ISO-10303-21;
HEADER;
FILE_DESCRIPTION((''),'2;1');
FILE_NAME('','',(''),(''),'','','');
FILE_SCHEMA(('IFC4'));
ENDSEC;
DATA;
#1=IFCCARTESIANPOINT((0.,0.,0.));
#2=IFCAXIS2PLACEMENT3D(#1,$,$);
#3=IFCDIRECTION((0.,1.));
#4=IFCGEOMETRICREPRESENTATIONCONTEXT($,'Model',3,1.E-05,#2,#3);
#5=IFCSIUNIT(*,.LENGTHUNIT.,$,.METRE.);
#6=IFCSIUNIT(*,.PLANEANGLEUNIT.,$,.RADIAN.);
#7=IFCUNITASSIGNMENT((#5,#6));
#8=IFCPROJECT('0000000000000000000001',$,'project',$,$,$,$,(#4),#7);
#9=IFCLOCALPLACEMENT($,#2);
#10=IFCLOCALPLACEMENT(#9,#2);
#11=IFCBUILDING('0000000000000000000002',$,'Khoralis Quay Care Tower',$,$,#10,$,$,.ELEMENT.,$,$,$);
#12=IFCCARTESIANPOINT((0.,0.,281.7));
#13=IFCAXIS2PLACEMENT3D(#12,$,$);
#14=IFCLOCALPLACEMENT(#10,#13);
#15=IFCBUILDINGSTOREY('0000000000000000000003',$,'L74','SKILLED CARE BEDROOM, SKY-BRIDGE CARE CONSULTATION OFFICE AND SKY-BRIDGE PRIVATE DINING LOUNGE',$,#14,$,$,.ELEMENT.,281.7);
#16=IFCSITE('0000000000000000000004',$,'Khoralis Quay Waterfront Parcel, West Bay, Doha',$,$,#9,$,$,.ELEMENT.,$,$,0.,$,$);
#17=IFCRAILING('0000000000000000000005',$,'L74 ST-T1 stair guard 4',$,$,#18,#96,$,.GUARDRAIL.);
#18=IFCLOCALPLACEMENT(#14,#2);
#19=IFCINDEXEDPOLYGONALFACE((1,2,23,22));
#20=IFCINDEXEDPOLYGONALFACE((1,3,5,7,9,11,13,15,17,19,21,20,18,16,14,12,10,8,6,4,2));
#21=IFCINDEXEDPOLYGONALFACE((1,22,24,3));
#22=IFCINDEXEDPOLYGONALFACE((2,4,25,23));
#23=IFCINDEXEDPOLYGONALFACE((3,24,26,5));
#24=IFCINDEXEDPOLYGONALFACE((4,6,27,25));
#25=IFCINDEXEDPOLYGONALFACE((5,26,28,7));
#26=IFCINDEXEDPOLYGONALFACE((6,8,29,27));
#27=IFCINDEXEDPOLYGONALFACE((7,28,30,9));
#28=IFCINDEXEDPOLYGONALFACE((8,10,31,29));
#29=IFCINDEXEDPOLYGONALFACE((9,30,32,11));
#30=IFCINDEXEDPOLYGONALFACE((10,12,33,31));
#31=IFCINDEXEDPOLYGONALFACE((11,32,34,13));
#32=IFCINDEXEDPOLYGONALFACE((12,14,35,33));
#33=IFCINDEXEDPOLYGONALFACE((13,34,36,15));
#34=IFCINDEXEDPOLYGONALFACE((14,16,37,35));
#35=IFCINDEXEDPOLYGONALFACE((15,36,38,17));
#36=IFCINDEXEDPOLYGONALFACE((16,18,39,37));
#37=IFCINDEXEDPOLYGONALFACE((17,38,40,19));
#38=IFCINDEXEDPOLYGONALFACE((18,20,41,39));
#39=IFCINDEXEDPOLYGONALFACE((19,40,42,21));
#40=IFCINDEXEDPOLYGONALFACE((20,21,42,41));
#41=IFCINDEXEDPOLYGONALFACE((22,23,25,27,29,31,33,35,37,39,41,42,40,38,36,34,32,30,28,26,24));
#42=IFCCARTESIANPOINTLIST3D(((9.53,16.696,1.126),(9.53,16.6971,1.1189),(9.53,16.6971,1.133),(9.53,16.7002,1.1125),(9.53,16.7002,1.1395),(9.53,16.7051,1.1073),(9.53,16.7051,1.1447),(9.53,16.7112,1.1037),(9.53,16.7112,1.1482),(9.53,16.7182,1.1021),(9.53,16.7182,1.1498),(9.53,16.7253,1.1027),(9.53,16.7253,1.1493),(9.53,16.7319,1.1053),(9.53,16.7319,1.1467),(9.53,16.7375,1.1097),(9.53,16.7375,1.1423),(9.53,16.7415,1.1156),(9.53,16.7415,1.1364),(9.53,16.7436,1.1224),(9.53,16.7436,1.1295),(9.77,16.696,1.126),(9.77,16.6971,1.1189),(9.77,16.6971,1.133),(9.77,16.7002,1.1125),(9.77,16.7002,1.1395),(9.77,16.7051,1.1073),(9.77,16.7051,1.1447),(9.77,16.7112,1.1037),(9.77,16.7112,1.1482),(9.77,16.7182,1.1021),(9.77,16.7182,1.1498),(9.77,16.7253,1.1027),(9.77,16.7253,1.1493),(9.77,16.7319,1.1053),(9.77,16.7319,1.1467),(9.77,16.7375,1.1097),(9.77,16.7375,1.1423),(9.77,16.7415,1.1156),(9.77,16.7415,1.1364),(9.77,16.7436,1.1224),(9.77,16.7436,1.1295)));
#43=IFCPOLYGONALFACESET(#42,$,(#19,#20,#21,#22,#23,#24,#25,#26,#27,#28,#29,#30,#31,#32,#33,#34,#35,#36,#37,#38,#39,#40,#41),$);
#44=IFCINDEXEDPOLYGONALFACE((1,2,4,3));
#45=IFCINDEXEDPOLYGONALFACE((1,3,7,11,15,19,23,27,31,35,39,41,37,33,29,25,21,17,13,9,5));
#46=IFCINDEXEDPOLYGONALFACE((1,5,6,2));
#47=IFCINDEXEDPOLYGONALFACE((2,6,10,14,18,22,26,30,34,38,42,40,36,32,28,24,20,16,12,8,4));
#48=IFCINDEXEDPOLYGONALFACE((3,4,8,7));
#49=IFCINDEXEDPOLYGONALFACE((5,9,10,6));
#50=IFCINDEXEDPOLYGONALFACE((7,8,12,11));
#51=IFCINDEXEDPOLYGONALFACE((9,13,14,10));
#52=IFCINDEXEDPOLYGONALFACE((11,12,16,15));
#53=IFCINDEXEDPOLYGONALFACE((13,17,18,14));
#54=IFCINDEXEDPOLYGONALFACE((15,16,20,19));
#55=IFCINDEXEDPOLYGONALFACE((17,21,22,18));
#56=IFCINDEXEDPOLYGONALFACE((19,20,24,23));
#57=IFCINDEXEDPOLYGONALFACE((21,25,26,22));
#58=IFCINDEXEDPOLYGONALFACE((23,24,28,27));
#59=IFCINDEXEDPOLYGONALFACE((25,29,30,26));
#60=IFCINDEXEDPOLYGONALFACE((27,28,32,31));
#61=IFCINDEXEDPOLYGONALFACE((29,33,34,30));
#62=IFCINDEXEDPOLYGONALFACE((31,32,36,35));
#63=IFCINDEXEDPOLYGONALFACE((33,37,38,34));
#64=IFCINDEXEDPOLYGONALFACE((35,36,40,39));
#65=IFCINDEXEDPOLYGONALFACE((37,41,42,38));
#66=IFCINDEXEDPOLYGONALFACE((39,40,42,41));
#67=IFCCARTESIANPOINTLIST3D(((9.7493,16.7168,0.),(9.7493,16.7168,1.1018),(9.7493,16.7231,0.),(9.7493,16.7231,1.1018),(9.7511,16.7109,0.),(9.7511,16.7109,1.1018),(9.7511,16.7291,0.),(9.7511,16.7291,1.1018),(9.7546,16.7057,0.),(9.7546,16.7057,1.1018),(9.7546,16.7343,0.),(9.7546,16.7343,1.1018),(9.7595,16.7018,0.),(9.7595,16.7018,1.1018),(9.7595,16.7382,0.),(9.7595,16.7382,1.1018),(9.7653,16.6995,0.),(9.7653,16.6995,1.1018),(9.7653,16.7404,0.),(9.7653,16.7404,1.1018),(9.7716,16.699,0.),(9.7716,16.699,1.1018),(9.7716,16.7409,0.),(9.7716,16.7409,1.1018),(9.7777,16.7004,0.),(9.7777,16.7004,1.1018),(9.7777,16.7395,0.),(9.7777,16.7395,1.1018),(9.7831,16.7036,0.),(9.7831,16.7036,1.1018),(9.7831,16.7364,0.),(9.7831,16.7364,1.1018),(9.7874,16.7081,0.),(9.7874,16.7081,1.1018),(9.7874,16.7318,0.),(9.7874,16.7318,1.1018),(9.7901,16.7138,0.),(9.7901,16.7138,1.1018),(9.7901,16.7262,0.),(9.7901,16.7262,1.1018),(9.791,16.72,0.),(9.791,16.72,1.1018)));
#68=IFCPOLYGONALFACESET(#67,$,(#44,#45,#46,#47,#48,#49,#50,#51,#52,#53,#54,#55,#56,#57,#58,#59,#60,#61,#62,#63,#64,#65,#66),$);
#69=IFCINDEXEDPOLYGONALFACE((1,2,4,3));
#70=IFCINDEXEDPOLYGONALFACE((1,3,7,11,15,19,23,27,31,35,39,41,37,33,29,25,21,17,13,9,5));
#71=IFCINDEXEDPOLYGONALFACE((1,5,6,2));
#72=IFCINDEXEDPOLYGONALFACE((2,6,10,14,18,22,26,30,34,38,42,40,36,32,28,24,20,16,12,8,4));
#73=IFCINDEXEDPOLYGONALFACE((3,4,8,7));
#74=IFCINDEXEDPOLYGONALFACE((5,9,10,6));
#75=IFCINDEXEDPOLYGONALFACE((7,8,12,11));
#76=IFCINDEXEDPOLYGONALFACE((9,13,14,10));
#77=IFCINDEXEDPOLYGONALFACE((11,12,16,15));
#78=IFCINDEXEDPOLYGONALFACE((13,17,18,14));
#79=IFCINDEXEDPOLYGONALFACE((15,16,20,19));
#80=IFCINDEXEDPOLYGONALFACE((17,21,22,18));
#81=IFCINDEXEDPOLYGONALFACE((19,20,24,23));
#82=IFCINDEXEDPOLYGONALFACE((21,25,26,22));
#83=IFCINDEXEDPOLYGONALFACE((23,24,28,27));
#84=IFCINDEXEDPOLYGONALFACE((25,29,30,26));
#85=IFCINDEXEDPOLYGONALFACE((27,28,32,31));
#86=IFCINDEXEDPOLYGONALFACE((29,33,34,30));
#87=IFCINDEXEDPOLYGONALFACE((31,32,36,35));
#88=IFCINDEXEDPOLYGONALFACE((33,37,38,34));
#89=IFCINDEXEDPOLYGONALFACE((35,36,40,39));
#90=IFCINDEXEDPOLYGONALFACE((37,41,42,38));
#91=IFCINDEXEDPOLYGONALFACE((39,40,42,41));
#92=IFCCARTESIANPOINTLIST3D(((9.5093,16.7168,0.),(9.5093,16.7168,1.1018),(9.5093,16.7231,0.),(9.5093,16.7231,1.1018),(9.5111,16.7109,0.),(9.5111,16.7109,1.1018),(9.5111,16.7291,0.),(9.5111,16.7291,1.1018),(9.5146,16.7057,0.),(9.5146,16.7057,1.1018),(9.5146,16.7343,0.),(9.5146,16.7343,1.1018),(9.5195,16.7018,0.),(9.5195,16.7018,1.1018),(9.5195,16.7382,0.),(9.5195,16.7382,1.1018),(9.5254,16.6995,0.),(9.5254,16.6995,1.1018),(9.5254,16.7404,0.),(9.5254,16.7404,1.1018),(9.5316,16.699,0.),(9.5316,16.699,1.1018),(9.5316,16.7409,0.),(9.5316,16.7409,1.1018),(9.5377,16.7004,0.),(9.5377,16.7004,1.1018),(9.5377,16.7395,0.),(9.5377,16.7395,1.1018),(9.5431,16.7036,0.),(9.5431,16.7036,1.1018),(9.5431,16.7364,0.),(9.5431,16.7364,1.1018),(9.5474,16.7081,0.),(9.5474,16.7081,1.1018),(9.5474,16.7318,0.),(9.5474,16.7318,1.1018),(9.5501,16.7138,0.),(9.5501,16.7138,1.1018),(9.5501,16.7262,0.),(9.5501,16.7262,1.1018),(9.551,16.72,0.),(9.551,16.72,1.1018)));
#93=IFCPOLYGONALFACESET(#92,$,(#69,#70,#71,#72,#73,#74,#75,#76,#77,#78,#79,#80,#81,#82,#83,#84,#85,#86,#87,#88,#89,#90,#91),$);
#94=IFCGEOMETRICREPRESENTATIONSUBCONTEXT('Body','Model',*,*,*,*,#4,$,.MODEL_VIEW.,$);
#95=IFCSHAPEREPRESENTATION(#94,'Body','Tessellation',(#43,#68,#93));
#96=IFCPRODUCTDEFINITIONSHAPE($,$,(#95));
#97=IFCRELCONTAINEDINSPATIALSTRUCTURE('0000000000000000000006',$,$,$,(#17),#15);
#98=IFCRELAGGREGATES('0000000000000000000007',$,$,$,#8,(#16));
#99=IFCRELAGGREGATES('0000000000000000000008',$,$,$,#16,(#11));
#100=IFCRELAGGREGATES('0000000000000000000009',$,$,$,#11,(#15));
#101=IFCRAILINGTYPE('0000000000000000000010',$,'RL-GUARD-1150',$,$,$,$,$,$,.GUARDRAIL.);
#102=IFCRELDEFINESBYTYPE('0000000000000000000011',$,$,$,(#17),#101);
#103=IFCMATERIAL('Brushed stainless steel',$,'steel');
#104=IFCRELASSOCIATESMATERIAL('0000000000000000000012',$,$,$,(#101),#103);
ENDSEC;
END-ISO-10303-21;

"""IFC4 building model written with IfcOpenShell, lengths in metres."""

from ifc_helpers import new_model, si_unit, direction, frame, origin, origin_2d, place, context, subcontext, project, spatial, circle, extrude, material, type_object, element, save


model = new_model("IFC4")

# Units and contexts
model_context = context("Model", 3, precision=1e-05, world=origin(), true_north=direction((0.0, 1.0)))
body_context = subcontext(model_context, "Body", "Model", "MODEL_VIEW")
ifc_project = project(units=[si_unit("LENGTHUNIT", "METRE"), si_unit("PLANEANGLEUNIT", "RADIAN")], contexts=[model_context])

# Site, building, storey
site_placement = place(None, origin())
site = spatial("IfcSite", under=ifc_project, at=site_placement, Name="Khoralis Quay Waterfront Parcel, West Bay, Doha", CompositionType="ELEMENT", RefElevation=0.0)
building_placement = place(site_placement, origin())
building = spatial("IfcBuilding", under=site, at=building_placement, Name="Khoralis Quay Care Tower", CompositionType="ELEMENT")
storey_placement = place(building_placement, frame((0.0, 0.0, 281.7)))
storey = spatial("IfcBuildingStorey", under=building, at=storey_placement, Name="L74", Description="SKILLED CARE BEDROOM, SKY-BRIDGE CARE CONSULTATION OFFICE AND SKY-BRIDGE PRIVATE DINING LOUNGE", CompositionType="ELEMENT", Elevation=281.7)

# Shared definitions
ifc_material_1 = material(Name="Brushed stainless steel", Category="steel")

# Railing
railing_type_1 = type_object("IfcRailingType", Name="RL-GUARD-1150", PredefinedType="GUARDRAIL", material=ifc_material_1)
railing_1_placement = place(storey_placement, frame((9.77, 16.72, 0.0)))
element("IfcRailing", 1, at=railing_1_placement, inside=storey, type_object=railing_type_1, Name="L74 ST-T1 stair guard 4", PredefinedType="GUARDRAIL", context=body_context, shape_type="SweptSolid", body=[
    extrude(circle(Radius=0.0239, at=origin_2d()), frame((0.0, 0.0, 1.126), z_axis=(-1.0, 0.0, 0.0), x_axis=(0.0, -1.0, 0.0)), (0.0, 0.0, 1.0), 0.24),
    extrude(circle(Radius=0.021, at=origin_2d()), origin(), (0.0, 0.0, 1.0), 1.1018),
    extrude(circle(Radius=0.021, at=origin_2d()), frame((-0.24, 0.0, 0.0)), (0.0, 0.0, 1.0), 1.1018),
])

save(model, "model.ifc")
